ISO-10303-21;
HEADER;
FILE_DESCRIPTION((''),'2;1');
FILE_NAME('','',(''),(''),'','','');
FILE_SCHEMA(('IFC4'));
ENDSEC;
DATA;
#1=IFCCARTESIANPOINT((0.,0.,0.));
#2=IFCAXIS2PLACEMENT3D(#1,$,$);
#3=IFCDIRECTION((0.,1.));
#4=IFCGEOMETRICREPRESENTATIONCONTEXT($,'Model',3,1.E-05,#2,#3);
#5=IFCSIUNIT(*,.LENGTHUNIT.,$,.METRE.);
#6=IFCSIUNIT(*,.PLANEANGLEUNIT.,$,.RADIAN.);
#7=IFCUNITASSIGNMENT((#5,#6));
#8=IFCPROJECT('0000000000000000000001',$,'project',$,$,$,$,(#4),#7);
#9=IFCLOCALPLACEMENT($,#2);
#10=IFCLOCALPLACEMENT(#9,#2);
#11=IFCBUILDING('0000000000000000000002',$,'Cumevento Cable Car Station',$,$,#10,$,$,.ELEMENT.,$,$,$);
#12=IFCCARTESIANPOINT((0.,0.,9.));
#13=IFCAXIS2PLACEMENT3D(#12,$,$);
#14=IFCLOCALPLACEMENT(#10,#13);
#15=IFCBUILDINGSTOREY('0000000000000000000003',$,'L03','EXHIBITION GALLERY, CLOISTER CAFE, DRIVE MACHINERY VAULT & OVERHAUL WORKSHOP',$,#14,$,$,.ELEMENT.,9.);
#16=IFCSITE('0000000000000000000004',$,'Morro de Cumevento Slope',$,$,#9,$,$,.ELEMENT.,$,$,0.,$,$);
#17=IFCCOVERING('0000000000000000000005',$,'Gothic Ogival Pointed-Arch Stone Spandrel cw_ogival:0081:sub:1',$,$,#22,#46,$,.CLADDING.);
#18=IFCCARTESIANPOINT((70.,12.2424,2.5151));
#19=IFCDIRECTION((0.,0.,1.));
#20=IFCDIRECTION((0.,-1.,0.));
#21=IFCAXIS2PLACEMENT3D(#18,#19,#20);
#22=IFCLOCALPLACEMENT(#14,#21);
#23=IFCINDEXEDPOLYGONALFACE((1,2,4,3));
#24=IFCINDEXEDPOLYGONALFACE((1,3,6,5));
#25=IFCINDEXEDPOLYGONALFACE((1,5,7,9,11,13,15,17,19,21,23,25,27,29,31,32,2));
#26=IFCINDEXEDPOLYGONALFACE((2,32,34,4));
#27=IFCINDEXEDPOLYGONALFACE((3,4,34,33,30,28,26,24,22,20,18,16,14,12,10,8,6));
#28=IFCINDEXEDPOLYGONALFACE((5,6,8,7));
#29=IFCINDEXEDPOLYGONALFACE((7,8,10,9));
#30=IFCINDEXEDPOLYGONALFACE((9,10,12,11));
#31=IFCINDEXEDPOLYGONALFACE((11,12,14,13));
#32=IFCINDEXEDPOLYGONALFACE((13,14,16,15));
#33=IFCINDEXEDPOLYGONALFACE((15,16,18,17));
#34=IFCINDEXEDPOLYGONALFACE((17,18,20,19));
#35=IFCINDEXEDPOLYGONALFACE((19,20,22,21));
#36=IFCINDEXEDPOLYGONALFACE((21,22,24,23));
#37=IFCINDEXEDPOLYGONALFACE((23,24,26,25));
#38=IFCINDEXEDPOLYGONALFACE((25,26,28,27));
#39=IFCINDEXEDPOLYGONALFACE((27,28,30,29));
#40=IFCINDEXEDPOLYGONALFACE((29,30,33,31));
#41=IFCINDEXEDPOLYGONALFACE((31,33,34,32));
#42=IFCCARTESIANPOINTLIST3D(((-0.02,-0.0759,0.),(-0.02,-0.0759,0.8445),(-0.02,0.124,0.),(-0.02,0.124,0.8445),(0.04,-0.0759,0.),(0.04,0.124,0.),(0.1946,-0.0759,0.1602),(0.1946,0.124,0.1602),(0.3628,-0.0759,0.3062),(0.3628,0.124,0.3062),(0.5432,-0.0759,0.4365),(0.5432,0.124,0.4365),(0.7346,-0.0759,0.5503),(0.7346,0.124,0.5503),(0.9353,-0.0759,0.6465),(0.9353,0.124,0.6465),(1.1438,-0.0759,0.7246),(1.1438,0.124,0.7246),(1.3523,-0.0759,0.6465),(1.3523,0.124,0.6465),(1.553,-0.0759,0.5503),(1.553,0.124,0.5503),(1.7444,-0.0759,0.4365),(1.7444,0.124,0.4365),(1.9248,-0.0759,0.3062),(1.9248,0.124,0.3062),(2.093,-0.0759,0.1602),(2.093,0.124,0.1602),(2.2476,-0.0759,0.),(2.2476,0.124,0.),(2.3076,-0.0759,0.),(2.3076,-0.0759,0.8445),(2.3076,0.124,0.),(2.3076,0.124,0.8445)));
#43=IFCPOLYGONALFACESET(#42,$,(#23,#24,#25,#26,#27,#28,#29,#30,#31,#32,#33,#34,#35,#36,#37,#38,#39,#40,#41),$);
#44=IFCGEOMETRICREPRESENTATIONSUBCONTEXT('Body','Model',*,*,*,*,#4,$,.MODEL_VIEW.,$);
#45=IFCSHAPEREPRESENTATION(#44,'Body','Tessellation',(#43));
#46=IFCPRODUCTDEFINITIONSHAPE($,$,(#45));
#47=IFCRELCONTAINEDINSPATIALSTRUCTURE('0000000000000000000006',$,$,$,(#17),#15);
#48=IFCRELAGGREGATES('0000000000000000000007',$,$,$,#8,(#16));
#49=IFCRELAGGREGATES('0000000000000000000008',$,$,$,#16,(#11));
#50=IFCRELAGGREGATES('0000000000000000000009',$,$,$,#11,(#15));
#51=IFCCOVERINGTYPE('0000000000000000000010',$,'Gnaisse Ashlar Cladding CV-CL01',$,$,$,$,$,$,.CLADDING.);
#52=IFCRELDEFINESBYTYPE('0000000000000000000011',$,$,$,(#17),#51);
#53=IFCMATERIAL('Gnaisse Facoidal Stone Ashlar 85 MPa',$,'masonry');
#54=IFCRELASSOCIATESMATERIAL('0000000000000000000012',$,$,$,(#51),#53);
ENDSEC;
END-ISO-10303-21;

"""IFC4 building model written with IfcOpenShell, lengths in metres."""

from ifc_helpers import new_model, si_unit, direction, frame, origin, place, context, subcontext, project, spatial, polyline, outline, extrude, material, type_object, element, save


model = new_model("IFC4")

# Units and contexts
model_context = context("Model", 3, precision=1e-05, world=origin(), true_north=direction((0.0, 1.0)))
body_context = subcontext(model_context, "Body", "Model", "MODEL_VIEW")
ifc_project = project(units=[si_unit("LENGTHUNIT", "METRE"), si_unit("PLANEANGLEUNIT", "RADIAN")], contexts=[model_context])

# Site, building, storey
site_placement = place(None, origin())
site = spatial("IfcSite", under=ifc_project, at=site_placement, Name="Morro de Cumevento Slope", CompositionType="ELEMENT", RefElevation=0.0)
building_placement = place(site_placement, origin())
building = spatial("IfcBuilding", under=site, at=building_placement, Name="Cumevento Cable Car Station", CompositionType="ELEMENT")
storey_placement = place(building_placement, frame((0.0, 0.0, 9.0)))
storey = spatial("IfcBuildingStorey", under=building, at=storey_placement, Name="L03", Description="EXHIBITION GALLERY, CLOISTER CAFE, DRIVE MACHINERY VAULT & OVERHAUL WORKSHOP", CompositionType="ELEMENT", Elevation=9.0)

# Covering
ifc_material_1 = material(Name="Gnaisse Facoidal Stone Ashlar 85 MPa", Category="masonry")
covering_type = type_object("IfcCoveringType", Name="Gnaisse Ashlar Cladding CV-CL01", PredefinedType="CLADDING", material=ifc_material_1)
covering_1_placement = place(storey_placement, frame((70.0, 12.2424, 2.5151), z_axis=(0.0, 0.0, 1.0), x_axis=(0.0, -1.0, 0.0)))
element("IfcCovering", 1, at=covering_1_placement, inside=storey, type_object=covering_type, Name="Gothic Ogival Pointed-Arch Stone Spandrel cw_ogival:0081:sub:1", PredefinedType="CLADDING", context=body_context, shape_type="SweptSolid", body=[
    extrude(outline(polyline([(-0.02, 0.0), (-0.02, 0.8445), (2.3076, 0.8445), (2.3076, 0.0), (2.2476, 0.0), (2.093, 0.1602), (1.9248, 0.3062), (1.7444, 0.4365), (1.553, 0.5503), (1.3523, 0.6465), (1.1438, 0.7246), (0.9353, 0.6465), (0.7346, 0.5503), (0.5432, 0.4365), (0.3628, 0.3062), (0.1946, 0.1602), (0.04, 0.0), (-0.02, 0.0)])), frame((0.0, 0.124, 0.0), z_axis=(0.0, -1.0, 0.0), x_axis=(1.0, 0.0, 0.0)), (0.0, 0.0, 1.0), 0.2),
])

save(model, "model.ifc")
